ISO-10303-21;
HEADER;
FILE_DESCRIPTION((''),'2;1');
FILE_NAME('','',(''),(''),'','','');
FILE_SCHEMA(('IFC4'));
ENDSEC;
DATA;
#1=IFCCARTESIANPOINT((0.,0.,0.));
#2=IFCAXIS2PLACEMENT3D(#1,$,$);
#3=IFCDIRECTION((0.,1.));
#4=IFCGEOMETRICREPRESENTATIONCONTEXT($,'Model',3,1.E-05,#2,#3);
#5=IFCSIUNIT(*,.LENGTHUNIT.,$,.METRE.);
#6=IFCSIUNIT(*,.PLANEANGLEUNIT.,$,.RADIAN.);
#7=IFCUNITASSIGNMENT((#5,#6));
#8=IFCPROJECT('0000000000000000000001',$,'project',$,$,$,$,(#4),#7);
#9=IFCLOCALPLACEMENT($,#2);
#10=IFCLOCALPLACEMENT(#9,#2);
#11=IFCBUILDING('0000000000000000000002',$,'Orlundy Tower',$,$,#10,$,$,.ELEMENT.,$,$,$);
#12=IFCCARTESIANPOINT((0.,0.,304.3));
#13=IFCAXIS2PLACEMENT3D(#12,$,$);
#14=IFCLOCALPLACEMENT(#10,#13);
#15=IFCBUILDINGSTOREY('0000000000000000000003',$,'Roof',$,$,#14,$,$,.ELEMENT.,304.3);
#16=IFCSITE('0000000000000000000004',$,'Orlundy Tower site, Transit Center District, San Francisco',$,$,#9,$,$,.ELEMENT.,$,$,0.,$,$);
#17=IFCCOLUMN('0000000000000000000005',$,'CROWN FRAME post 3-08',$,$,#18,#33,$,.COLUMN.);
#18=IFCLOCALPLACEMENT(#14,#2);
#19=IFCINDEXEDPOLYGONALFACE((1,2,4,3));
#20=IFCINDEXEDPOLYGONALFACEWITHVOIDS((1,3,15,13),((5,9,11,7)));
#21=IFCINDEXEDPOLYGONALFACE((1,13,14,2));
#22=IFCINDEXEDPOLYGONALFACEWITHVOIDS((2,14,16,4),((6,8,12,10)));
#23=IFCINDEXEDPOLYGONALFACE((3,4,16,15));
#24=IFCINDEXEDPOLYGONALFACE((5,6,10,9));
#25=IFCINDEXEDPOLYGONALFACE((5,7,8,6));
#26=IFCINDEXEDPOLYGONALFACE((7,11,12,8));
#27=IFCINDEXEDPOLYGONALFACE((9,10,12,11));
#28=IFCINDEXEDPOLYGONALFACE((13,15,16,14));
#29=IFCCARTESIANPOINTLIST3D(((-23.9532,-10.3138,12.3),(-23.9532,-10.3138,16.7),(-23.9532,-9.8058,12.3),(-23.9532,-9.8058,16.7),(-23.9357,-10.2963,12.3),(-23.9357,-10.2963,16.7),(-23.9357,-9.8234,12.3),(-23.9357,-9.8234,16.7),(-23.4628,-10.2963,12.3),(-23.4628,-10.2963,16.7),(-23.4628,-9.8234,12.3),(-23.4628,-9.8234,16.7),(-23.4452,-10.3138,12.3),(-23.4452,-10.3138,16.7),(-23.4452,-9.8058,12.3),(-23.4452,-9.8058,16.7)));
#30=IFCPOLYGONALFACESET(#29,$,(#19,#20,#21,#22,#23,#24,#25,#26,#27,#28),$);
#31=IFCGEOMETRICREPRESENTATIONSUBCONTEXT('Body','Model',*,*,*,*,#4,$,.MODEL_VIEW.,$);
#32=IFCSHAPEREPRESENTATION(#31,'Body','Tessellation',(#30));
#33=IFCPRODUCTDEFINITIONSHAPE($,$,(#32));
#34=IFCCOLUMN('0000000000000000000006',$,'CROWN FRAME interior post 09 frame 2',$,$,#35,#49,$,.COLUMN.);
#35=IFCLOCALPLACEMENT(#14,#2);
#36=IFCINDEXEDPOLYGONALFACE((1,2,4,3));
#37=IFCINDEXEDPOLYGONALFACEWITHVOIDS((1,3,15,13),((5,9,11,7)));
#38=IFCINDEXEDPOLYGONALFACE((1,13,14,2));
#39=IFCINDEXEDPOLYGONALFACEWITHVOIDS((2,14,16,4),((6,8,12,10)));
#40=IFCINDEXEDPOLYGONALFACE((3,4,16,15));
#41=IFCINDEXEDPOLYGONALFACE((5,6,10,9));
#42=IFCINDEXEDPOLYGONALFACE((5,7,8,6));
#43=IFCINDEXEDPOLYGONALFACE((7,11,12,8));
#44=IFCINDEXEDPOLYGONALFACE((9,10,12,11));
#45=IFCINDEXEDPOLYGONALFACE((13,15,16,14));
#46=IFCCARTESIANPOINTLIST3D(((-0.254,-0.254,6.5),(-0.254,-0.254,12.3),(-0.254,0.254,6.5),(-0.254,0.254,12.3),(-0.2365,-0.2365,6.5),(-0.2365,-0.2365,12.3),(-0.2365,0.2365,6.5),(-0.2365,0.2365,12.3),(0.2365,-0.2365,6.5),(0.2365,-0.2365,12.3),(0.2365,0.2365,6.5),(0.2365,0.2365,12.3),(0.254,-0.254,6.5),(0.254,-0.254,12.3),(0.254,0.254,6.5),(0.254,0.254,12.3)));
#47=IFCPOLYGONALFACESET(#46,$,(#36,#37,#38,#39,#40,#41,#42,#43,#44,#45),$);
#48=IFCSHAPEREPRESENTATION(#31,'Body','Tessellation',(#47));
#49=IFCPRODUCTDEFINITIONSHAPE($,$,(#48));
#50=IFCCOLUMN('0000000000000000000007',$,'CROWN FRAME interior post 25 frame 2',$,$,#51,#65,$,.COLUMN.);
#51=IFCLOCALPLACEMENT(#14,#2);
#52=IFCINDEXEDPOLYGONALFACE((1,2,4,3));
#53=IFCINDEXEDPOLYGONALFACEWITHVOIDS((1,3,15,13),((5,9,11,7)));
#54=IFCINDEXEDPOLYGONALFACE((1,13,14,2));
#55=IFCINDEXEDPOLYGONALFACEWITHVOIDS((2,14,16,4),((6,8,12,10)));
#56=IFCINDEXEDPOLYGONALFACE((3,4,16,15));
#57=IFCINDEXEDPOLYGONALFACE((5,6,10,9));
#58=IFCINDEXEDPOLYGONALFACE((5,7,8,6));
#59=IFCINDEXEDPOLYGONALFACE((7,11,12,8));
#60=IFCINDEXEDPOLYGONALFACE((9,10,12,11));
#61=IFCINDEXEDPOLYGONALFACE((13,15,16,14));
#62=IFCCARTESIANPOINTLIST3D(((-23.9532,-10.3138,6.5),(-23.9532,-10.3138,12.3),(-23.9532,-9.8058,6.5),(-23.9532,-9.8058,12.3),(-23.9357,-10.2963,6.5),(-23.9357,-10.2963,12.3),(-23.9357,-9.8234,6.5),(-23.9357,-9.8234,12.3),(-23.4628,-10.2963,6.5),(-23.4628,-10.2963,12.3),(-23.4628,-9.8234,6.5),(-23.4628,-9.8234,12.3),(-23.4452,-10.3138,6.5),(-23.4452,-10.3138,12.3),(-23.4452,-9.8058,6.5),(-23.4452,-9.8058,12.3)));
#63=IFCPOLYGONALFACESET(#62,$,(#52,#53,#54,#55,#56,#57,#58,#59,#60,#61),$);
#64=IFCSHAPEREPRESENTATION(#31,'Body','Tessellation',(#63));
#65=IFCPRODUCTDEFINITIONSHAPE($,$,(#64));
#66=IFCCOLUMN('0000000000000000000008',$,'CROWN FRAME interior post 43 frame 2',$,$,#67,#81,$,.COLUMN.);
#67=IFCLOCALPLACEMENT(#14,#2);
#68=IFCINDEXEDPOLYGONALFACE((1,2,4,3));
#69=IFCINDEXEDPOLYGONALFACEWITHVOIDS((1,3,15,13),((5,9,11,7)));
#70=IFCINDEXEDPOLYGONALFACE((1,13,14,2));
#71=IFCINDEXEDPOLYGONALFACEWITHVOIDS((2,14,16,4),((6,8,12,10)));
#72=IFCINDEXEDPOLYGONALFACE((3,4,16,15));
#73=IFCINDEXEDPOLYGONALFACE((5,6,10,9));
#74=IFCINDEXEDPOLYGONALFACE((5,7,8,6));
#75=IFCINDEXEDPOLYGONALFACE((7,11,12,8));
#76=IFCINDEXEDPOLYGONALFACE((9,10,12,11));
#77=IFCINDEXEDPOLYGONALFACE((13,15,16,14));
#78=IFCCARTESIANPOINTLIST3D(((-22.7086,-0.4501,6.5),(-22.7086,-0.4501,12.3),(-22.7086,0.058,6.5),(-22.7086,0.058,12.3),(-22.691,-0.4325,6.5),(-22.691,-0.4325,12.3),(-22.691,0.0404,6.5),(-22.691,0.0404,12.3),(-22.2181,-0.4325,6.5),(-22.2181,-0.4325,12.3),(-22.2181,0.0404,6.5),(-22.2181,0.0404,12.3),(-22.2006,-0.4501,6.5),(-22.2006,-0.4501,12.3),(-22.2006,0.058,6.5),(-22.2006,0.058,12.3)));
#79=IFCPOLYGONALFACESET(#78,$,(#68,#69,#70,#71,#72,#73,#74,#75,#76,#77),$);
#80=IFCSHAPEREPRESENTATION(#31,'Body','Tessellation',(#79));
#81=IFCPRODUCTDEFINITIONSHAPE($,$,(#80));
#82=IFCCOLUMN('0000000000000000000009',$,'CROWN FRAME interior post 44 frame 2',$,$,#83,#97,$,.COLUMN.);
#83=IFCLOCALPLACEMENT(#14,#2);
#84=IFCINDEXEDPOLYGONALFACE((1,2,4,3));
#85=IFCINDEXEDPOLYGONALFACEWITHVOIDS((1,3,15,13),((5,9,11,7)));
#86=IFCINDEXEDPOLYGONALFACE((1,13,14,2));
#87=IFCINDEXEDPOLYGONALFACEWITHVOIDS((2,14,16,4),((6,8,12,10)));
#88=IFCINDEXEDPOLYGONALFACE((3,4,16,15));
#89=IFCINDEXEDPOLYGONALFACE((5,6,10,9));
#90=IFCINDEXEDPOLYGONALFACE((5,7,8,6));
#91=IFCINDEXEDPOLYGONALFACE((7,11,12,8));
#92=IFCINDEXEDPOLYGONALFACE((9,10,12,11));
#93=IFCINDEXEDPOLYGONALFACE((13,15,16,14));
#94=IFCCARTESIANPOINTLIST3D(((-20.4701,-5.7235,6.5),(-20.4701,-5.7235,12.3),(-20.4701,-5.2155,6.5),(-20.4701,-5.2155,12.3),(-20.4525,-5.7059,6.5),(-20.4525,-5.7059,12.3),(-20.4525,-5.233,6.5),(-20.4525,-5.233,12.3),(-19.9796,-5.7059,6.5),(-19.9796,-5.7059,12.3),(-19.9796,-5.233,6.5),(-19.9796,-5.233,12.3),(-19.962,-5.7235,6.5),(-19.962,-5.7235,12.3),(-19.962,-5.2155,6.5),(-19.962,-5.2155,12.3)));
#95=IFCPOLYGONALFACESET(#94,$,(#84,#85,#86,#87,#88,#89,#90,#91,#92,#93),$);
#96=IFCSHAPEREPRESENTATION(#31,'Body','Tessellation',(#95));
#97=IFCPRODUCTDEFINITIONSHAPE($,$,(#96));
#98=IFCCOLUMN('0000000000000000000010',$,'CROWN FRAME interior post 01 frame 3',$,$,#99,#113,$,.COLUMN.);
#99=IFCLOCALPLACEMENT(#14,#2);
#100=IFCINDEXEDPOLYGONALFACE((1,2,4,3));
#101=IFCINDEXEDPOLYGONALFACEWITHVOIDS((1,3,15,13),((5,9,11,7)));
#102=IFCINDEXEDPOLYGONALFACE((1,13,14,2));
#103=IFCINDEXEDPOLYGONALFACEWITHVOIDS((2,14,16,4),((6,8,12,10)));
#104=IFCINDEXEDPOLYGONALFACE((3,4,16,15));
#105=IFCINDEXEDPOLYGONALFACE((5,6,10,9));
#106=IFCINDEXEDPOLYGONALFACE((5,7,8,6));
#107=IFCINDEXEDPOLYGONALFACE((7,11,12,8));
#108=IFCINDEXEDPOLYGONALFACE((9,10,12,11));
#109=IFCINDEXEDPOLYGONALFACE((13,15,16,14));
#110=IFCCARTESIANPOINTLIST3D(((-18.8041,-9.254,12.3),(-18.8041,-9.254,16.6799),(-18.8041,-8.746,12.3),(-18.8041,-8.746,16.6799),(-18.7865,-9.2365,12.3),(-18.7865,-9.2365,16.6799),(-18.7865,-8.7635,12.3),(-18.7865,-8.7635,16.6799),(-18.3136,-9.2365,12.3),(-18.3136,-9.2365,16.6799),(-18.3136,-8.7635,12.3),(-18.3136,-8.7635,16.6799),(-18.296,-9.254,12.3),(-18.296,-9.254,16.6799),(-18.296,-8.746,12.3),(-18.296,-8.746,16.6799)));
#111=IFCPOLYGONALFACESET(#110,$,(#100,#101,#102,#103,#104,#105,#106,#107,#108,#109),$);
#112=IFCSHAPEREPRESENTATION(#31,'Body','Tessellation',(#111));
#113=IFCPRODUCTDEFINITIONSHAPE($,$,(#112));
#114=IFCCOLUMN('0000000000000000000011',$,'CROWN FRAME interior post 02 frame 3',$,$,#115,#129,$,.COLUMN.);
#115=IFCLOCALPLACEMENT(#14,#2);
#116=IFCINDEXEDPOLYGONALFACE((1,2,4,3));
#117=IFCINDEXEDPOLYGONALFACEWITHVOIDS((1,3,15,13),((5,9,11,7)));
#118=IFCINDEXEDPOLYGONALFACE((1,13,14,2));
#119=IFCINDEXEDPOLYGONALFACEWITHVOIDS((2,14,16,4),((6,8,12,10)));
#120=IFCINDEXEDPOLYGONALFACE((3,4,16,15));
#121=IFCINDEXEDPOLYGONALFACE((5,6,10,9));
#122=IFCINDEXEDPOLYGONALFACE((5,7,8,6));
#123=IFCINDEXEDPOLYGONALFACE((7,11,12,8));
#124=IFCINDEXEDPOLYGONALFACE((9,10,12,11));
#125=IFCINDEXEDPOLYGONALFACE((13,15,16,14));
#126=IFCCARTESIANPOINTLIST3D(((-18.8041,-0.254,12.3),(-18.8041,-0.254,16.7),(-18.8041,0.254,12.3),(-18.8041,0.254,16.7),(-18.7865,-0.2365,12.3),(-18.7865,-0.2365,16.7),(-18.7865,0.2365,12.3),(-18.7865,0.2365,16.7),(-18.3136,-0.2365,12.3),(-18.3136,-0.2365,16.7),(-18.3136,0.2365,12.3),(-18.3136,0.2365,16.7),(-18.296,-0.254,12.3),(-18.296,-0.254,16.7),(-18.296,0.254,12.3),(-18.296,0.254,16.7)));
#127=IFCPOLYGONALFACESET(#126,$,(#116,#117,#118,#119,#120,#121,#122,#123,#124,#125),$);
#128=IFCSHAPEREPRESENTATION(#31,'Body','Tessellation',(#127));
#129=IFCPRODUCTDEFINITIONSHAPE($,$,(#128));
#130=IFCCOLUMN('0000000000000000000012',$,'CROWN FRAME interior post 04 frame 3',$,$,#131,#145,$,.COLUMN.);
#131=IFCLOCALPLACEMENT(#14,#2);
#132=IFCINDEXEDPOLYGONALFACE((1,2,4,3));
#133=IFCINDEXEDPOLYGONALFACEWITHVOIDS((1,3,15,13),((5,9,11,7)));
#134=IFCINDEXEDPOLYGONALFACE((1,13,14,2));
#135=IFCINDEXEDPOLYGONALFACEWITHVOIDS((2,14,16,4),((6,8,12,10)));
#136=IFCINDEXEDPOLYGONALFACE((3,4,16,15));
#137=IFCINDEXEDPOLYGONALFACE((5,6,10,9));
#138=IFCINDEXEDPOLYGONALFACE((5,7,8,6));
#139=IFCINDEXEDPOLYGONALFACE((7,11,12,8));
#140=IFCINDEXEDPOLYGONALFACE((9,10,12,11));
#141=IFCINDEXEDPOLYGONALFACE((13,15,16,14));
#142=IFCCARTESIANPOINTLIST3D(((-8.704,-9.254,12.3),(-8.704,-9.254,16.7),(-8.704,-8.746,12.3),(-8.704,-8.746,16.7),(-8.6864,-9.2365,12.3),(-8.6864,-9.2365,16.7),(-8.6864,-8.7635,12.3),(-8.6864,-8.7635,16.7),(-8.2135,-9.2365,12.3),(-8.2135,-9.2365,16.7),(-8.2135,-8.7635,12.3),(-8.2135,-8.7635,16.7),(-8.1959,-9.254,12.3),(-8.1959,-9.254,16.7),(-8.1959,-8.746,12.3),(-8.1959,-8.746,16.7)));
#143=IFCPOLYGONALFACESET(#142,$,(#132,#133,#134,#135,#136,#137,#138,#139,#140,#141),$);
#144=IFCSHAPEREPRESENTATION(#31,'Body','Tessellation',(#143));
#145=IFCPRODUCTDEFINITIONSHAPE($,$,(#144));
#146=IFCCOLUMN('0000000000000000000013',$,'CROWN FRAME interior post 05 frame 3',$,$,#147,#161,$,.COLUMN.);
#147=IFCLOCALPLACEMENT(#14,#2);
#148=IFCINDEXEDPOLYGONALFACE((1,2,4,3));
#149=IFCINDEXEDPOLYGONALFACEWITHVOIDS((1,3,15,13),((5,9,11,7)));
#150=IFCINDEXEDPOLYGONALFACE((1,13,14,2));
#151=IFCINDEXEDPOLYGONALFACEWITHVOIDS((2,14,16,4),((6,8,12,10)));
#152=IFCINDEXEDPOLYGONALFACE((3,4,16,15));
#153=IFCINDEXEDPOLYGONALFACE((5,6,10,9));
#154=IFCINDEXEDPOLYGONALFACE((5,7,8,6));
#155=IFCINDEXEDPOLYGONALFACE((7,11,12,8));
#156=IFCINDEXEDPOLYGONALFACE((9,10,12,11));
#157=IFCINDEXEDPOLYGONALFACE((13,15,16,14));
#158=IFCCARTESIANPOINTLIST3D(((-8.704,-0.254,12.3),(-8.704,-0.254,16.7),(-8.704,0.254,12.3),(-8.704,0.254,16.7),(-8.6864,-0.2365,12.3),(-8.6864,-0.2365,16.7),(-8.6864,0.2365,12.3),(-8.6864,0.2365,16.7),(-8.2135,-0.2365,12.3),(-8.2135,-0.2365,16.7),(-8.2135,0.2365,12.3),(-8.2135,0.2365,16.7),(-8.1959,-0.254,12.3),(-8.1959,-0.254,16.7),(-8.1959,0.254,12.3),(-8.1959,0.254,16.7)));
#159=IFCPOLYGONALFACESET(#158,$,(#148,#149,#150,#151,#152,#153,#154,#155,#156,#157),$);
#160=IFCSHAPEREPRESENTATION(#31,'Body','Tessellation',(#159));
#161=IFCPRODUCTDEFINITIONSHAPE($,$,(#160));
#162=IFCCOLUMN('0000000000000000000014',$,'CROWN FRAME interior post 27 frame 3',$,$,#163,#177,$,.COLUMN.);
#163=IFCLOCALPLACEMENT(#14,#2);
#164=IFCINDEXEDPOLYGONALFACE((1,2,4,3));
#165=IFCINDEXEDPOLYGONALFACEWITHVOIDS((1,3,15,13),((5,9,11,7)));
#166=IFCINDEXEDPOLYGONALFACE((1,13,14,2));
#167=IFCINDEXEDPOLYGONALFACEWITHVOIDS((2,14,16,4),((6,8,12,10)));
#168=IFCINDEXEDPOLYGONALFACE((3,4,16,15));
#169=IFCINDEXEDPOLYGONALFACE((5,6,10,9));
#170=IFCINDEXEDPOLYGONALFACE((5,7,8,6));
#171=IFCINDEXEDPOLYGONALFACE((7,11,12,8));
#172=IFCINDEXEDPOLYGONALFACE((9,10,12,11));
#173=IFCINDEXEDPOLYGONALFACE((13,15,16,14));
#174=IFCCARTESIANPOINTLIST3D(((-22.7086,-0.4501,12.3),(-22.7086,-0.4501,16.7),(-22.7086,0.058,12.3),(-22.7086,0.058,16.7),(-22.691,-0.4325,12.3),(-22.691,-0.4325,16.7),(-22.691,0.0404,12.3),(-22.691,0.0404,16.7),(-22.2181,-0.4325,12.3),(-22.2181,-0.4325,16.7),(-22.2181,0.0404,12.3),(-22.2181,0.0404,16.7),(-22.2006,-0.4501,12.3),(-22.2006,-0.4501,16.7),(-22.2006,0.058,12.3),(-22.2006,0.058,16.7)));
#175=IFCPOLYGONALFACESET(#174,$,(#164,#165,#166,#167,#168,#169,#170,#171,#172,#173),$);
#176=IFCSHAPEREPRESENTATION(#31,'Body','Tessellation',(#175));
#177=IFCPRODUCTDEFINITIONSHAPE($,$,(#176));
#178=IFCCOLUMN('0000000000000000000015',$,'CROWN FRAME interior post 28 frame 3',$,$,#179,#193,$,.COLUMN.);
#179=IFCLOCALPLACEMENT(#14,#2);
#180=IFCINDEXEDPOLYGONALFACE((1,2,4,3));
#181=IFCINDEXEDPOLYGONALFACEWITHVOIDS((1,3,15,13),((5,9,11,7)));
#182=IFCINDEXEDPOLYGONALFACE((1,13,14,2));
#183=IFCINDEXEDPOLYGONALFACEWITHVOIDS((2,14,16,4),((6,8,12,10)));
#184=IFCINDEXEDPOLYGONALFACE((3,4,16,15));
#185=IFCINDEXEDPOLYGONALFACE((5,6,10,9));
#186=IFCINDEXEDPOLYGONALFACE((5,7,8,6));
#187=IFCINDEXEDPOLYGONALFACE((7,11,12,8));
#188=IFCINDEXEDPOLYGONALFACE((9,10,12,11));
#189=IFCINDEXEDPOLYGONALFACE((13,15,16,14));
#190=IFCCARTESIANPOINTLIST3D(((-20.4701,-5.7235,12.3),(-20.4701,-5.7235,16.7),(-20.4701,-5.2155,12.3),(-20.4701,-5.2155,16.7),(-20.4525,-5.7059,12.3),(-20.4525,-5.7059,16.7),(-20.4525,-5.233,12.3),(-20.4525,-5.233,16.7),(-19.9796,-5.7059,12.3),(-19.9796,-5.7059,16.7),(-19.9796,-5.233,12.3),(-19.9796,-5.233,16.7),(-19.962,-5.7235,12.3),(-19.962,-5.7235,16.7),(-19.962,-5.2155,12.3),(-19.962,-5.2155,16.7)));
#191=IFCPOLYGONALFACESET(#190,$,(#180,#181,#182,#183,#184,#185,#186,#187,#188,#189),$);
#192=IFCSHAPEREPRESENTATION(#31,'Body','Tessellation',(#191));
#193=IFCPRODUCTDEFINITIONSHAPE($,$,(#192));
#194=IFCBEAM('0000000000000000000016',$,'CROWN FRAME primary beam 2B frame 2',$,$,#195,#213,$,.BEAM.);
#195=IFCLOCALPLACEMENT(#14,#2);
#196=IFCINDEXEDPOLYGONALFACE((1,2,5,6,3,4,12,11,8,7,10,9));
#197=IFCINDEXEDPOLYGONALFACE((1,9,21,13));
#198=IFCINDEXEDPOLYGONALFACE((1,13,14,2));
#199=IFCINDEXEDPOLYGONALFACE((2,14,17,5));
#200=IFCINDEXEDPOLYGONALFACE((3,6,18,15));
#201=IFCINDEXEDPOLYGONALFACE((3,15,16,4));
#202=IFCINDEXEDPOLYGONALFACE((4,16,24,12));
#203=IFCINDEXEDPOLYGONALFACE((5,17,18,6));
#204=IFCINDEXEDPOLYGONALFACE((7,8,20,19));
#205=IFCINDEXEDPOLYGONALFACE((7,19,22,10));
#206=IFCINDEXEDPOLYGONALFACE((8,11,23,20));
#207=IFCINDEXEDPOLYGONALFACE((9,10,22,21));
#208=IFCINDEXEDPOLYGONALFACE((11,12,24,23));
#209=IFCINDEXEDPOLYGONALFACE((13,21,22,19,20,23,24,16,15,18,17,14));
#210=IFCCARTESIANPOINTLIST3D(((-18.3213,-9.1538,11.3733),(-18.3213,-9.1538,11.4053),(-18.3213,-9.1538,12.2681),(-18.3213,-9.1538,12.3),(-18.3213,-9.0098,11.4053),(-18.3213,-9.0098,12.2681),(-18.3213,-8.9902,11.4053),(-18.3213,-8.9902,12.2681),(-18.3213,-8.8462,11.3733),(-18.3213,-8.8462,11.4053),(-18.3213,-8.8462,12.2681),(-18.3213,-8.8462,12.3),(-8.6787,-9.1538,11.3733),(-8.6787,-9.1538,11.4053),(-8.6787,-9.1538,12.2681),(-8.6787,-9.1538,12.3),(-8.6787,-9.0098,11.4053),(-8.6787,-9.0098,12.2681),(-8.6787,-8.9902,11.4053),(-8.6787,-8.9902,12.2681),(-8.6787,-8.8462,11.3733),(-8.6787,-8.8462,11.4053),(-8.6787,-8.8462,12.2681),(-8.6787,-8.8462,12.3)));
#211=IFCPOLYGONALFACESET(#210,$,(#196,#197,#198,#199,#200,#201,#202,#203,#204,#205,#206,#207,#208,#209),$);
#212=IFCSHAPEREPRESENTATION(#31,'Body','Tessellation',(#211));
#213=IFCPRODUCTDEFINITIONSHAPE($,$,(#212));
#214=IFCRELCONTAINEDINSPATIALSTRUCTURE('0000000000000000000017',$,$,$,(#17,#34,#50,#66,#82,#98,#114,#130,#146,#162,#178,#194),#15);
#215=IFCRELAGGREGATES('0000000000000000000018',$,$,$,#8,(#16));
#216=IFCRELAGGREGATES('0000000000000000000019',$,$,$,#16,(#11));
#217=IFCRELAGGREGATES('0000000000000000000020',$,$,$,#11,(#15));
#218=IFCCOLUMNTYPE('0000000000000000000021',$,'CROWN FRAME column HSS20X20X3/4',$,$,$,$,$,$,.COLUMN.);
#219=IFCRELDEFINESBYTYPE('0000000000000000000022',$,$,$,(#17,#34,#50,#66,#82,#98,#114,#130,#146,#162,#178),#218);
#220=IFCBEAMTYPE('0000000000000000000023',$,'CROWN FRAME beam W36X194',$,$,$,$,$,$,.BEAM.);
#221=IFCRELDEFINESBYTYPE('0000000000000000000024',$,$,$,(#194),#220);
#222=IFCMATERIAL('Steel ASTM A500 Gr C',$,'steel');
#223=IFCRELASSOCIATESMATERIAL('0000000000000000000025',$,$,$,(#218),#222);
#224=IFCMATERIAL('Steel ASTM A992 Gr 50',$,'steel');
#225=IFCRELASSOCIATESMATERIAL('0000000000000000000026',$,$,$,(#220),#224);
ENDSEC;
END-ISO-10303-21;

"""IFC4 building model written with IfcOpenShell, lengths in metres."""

from ifc_helpers import new_model, si_unit, direction, frame, origin, origin_2d, place, context, subcontext, project, spatial, hollow_rectangle, i_section, extrude, material, material_profile, profile_set, type_object, element, save


model = new_model("IFC4")

# Units and contexts
model_context = context("Model", 3, precision=1e-05, world=origin(), true_north=direction((0.0, 1.0)))
body_context = subcontext(model_context, "Body", "Model", "MODEL_VIEW")
ifc_project = project(units=[si_unit("LENGTHUNIT", "METRE"), si_unit("PLANEANGLEUNIT", "RADIAN")], contexts=[model_context])

# Site, building, storey
site_placement = place(None, origin())
site = spatial("IfcSite", under=ifc_project, at=site_placement, Name="Orlundy Tower site, Transit Center District, San Francisco", CompositionType="ELEMENT", RefElevation=0.0)
building_placement = place(site_placement, origin())
building = spatial("IfcBuilding", under=site, at=building_placement, Name="Orlundy Tower", CompositionType="ELEMENT")
storey_placement = place(building_placement, frame((0.0, 0.0, 304.3)))
storey = spatial("IfcBuildingStorey", under=building, at=storey_placement, Name="Roof", CompositionType="ELEMENT", Elevation=304.3)

# Columns
ifc_material_1 = material(Name="Steel ASTM A500 Gr C", Category="steel")
ifc_material_profile_1 = material_profile(ifc_material_1, hollow_rectangle(XDim=0.5081, YDim=0.5081, WallThickness=0.0176, at=origin_2d()), Name="HSS20X20X3/4")
ifc_profile_set_1 = profile_set([ifc_material_profile_1], Name="Steel ASTM A500 Gr C")
column_type = type_object("IfcColumnType", Name="CROWN FRAME column HSS20X20X3/4", PredefinedType="COLUMN", material=ifc_profile_set_1)
column_1_placement = place(storey_placement, frame((-23.6992, -10.0598, 12.3), z_axis=(0.0, 0.0, 1.0), x_axis=(1.0, 0.0, 0.0)))
element("IfcColumn", 1, at=column_1_placement, inside=storey, type_object=column_type, Name="CROWN FRAME post 3-08", PredefinedType="COLUMN", context=body_context, shape_type="SweptSolid", body=[
    extrude(hollow_rectangle(XDim=0.5081, YDim=0.5081, WallThickness=0.0176, at=origin_2d()), origin(), (0.0, 0.0, 1.0), 4.3999),
])
for number, where, z_axis, x_axis, name in (
    (2, (0.0, 0.0, 6.5), (0.0, 0.0, 1.0), (1.0, 0.0, 0.0), "CROWN FRAME interior post 09 frame 2"),
    (3, (-23.6992, -10.0598, 6.5), (0.0, 0.0, 1.0), (1.0, 0.0, 0.0), "CROWN FRAME interior post 25 frame 2"),
    (4, (-22.4546, -0.196, 6.5), (0.0, 0.0, 1.0), (1.0, 0.0, 0.0), "CROWN FRAME interior post 43 frame 2"),
    (5, (-20.2161, -5.4695, 6.5), (0.0, 0.0, 1.0), (1.0, 0.0, 0.0), "CROWN FRAME interior post 44 frame 2"),
):
    element("IfcColumn", number, at=place(storey_placement, frame(where, z_axis=z_axis, x_axis=x_axis)), inside=storey, type_object=column_type, Name=name, PredefinedType="COLUMN", context=body_context, shape_type="SweptSolid", body=[
        extrude(hollow_rectangle(XDim=0.5081, YDim=0.5081, WallThickness=0.0176, at=origin_2d()), origin(), (0.0, 0.0, 1.0), 5.8),
    ])
column_2_placement = place(storey_placement, frame((-18.55, -9.0, 12.3), z_axis=(0.0, 0.0, 1.0), x_axis=(1.0, 0.0, 0.0)))
element("IfcColumn", 6, at=column_2_placement, inside=storey, type_object=column_type, Name="CROWN FRAME interior post 01 frame 3", PredefinedType="COLUMN", context=body_context, shape_type="SweptSolid", body=[
    extrude(hollow_rectangle(XDim=0.5081, YDim=0.5081, WallThickness=0.0176, at=origin_2d()), origin(), (0.0, 0.0, 1.0), 4.3799),
])
for number, where, z_axis, x_axis, name in (
    (7, (-18.55, 0.0, 12.3), (0.0, 0.0, 1.0), (1.0, 0.0, 0.0), "CROWN FRAME interior post 02 frame 3"),
    (8, (-8.45, -9.0, 12.3), (0.0, 0.0, 1.0), (1.0, 0.0, 0.0), "CROWN FRAME interior post 04 frame 3"),
    (9, (-8.45, 0.0, 12.3), (0.0, 0.0, 1.0), (1.0, 0.0, 0.0), "CROWN FRAME interior post 05 frame 3"),
    (10, (-22.4546, -0.196, 12.3), (0.0, 0.0, 1.0), (1.0, 0.0, 0.0), "CROWN FRAME interior post 27 frame 3"),
    (11, (-20.2161, -5.4695, 12.3), (0.0, 0.0, 1.0), (1.0, 0.0, 0.0), "CROWN FRAME interior post 28 frame 3"),
):
    element("IfcColumn", number, at=place(storey_placement, frame(where, z_axis=z_axis, x_axis=x_axis)), inside=storey, type_object=column_type, Name=name, PredefinedType="COLUMN", context=body_context, shape_type="SweptSolid", body=[
        extrude(hollow_rectangle(XDim=0.5081, YDim=0.5081, WallThickness=0.0176, at=origin_2d()), origin(), (0.0, 0.0, 1.0), 4.3999),
    ])

# Beam
ifc_material_2 = material(Name="Steel ASTM A992 Gr 50", Category="steel")
ifc_material_profile_2 = material_profile(ifc_material_2, i_section(OverallWidth=0.3076, OverallDepth=0.9268, WebThickness=0.0195, FlangeThickness=0.032, at=origin_2d()), Name="W36X194")
ifc_profile_set_2 = profile_set([ifc_material_profile_2], Name="Steel ASTM A992 Gr 50")
beam_type = type_object("IfcBeamType", Name="CROWN FRAME beam W36X194", PredefinedType="BEAM", material=ifc_profile_set_2)
beam_1_placement = place(storey_placement, frame((-18.3213, -9.0, 11.8367), z_axis=(1.0, 0.0, 0.0), x_axis=(0.0, 1.0, 0.0)))
element("IfcBeam", 12, at=beam_1_placement, inside=storey, type_object=beam_type, Name="CROWN FRAME primary beam 2B frame 2", PredefinedType="BEAM", context=body_context, shape_type="SweptSolid", body=[
    extrude(i_section(OverallWidth=0.3076, OverallDepth=0.9268, WebThickness=0.0195, FlangeThickness=0.032, at=origin_2d()), origin(), (0.0, 0.0, 1.0), 9.6426),
])

save(model, "model.ifc")
